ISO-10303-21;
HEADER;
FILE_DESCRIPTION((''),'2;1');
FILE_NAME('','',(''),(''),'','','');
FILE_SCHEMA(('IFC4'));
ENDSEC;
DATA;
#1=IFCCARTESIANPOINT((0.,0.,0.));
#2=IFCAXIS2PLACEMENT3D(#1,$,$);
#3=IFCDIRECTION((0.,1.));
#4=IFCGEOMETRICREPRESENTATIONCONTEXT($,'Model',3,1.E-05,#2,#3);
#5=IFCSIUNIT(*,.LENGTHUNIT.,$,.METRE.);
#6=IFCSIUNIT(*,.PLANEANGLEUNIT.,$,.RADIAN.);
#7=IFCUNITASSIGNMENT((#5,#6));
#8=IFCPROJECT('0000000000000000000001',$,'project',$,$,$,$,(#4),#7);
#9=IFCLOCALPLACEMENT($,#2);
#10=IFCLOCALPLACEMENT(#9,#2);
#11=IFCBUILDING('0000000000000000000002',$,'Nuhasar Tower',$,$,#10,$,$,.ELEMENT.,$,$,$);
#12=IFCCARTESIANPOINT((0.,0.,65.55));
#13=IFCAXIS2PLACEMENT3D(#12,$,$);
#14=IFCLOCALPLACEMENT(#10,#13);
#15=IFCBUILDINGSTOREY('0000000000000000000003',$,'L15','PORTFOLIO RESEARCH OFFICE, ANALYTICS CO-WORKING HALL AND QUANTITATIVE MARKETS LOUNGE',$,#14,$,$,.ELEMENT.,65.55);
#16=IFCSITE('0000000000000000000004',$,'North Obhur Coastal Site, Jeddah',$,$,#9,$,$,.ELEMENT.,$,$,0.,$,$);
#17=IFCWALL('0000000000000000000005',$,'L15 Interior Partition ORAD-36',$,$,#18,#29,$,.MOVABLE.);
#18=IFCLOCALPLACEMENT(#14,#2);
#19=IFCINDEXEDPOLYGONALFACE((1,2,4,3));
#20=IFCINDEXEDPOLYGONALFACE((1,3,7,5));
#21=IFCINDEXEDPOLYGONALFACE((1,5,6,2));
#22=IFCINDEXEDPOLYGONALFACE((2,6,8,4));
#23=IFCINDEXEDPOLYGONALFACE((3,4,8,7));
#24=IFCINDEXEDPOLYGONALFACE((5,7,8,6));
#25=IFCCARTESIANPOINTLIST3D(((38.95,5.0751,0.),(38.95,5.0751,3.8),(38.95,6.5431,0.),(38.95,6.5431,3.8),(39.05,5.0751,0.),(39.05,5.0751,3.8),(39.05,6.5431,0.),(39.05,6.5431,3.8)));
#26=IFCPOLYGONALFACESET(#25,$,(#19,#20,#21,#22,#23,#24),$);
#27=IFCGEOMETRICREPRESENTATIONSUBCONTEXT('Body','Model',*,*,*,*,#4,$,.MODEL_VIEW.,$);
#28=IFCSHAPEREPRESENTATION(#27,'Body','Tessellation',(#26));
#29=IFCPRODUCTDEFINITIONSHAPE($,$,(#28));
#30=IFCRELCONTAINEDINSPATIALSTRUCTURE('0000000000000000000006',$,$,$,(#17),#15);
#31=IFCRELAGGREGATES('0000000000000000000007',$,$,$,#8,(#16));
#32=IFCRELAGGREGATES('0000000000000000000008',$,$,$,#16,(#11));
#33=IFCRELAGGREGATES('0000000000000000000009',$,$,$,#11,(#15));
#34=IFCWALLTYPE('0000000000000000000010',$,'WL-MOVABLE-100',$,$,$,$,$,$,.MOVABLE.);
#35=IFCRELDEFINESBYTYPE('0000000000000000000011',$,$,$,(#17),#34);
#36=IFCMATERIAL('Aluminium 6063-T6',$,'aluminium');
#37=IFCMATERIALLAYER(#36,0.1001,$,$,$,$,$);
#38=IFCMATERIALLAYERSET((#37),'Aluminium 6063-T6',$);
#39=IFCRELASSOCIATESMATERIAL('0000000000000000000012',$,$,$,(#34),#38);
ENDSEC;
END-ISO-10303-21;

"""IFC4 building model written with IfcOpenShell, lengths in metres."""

from ifc_helpers import new_model, si_unit, direction, frame, frame_2d, origin, place, context, subcontext, project, spatial, rectangle, extrude, material, layer, layer_set, type_object, element, save


model = new_model("IFC4")

# Units and contexts
model_context = context("Model", 3, precision=1e-05, world=origin(), true_north=direction((0.0, 1.0)))
body_context = subcontext(model_context, "Body", "Model", "MODEL_VIEW")
ifc_project = project(units=[si_unit("LENGTHUNIT", "METRE"), si_unit("PLANEANGLEUNIT", "RADIAN")], contexts=[model_context])

# Site, building, storey
site_placement = place(None, origin())
site = spatial("IfcSite", under=ifc_project, at=site_placement, Name="North Obhur Coastal Site, Jeddah", CompositionType="ELEMENT", RefElevation=0.0)
building_placement = place(site_placement, origin())
building = spatial("IfcBuilding", under=site, at=building_placement, Name="Nuhasar Tower", CompositionType="ELEMENT")
storey_placement = place(building_placement, frame((0.0, 0.0, 65.55)))
storey = spatial("IfcBuildingStorey", under=building, at=storey_placement, Name="L15", Description="PORTFOLIO RESEARCH OFFICE, ANALYTICS CO-WORKING HALL AND QUANTITATIVE MARKETS LOUNGE", CompositionType="ELEMENT", Elevation=65.55)

# Shared definitions
ifc_material_1 = material(Name="Aluminium 6063-T6", Category="aluminium")

# Wall
ifc_layer_1 = layer(ifc_material_1, 0.1001)
ifc_layer_set_1 = layer_set([ifc_layer_1], Name="Aluminium 6063-T6")
wall_type_1 = type_object("IfcWallType", Name="WL-MOVABLE-100", PredefinedType="MOVABLE", material=ifc_layer_set_1)
wall_1_placement = place(storey_placement, frame((39.0, 6.543, 0.0), z_axis=(0.0, 0.0, 1.0), x_axis=(0.0, -1.0, 0.0)))
element("IfcWall", 1, at=wall_1_placement, inside=storey, type_object=wall_type_1, Name="L15 Interior Partition ORAD-36", PredefinedType="MOVABLE", context=body_context, shape_type="SweptSolid", body=[
    extrude(rectangle(XDim=1.468, YDim=0.1001, at=frame_2d((0.7339, 0.0))), origin(), (0.0, 0.0, 1.0), 3.8),
])

save(model, "model.ifc")
